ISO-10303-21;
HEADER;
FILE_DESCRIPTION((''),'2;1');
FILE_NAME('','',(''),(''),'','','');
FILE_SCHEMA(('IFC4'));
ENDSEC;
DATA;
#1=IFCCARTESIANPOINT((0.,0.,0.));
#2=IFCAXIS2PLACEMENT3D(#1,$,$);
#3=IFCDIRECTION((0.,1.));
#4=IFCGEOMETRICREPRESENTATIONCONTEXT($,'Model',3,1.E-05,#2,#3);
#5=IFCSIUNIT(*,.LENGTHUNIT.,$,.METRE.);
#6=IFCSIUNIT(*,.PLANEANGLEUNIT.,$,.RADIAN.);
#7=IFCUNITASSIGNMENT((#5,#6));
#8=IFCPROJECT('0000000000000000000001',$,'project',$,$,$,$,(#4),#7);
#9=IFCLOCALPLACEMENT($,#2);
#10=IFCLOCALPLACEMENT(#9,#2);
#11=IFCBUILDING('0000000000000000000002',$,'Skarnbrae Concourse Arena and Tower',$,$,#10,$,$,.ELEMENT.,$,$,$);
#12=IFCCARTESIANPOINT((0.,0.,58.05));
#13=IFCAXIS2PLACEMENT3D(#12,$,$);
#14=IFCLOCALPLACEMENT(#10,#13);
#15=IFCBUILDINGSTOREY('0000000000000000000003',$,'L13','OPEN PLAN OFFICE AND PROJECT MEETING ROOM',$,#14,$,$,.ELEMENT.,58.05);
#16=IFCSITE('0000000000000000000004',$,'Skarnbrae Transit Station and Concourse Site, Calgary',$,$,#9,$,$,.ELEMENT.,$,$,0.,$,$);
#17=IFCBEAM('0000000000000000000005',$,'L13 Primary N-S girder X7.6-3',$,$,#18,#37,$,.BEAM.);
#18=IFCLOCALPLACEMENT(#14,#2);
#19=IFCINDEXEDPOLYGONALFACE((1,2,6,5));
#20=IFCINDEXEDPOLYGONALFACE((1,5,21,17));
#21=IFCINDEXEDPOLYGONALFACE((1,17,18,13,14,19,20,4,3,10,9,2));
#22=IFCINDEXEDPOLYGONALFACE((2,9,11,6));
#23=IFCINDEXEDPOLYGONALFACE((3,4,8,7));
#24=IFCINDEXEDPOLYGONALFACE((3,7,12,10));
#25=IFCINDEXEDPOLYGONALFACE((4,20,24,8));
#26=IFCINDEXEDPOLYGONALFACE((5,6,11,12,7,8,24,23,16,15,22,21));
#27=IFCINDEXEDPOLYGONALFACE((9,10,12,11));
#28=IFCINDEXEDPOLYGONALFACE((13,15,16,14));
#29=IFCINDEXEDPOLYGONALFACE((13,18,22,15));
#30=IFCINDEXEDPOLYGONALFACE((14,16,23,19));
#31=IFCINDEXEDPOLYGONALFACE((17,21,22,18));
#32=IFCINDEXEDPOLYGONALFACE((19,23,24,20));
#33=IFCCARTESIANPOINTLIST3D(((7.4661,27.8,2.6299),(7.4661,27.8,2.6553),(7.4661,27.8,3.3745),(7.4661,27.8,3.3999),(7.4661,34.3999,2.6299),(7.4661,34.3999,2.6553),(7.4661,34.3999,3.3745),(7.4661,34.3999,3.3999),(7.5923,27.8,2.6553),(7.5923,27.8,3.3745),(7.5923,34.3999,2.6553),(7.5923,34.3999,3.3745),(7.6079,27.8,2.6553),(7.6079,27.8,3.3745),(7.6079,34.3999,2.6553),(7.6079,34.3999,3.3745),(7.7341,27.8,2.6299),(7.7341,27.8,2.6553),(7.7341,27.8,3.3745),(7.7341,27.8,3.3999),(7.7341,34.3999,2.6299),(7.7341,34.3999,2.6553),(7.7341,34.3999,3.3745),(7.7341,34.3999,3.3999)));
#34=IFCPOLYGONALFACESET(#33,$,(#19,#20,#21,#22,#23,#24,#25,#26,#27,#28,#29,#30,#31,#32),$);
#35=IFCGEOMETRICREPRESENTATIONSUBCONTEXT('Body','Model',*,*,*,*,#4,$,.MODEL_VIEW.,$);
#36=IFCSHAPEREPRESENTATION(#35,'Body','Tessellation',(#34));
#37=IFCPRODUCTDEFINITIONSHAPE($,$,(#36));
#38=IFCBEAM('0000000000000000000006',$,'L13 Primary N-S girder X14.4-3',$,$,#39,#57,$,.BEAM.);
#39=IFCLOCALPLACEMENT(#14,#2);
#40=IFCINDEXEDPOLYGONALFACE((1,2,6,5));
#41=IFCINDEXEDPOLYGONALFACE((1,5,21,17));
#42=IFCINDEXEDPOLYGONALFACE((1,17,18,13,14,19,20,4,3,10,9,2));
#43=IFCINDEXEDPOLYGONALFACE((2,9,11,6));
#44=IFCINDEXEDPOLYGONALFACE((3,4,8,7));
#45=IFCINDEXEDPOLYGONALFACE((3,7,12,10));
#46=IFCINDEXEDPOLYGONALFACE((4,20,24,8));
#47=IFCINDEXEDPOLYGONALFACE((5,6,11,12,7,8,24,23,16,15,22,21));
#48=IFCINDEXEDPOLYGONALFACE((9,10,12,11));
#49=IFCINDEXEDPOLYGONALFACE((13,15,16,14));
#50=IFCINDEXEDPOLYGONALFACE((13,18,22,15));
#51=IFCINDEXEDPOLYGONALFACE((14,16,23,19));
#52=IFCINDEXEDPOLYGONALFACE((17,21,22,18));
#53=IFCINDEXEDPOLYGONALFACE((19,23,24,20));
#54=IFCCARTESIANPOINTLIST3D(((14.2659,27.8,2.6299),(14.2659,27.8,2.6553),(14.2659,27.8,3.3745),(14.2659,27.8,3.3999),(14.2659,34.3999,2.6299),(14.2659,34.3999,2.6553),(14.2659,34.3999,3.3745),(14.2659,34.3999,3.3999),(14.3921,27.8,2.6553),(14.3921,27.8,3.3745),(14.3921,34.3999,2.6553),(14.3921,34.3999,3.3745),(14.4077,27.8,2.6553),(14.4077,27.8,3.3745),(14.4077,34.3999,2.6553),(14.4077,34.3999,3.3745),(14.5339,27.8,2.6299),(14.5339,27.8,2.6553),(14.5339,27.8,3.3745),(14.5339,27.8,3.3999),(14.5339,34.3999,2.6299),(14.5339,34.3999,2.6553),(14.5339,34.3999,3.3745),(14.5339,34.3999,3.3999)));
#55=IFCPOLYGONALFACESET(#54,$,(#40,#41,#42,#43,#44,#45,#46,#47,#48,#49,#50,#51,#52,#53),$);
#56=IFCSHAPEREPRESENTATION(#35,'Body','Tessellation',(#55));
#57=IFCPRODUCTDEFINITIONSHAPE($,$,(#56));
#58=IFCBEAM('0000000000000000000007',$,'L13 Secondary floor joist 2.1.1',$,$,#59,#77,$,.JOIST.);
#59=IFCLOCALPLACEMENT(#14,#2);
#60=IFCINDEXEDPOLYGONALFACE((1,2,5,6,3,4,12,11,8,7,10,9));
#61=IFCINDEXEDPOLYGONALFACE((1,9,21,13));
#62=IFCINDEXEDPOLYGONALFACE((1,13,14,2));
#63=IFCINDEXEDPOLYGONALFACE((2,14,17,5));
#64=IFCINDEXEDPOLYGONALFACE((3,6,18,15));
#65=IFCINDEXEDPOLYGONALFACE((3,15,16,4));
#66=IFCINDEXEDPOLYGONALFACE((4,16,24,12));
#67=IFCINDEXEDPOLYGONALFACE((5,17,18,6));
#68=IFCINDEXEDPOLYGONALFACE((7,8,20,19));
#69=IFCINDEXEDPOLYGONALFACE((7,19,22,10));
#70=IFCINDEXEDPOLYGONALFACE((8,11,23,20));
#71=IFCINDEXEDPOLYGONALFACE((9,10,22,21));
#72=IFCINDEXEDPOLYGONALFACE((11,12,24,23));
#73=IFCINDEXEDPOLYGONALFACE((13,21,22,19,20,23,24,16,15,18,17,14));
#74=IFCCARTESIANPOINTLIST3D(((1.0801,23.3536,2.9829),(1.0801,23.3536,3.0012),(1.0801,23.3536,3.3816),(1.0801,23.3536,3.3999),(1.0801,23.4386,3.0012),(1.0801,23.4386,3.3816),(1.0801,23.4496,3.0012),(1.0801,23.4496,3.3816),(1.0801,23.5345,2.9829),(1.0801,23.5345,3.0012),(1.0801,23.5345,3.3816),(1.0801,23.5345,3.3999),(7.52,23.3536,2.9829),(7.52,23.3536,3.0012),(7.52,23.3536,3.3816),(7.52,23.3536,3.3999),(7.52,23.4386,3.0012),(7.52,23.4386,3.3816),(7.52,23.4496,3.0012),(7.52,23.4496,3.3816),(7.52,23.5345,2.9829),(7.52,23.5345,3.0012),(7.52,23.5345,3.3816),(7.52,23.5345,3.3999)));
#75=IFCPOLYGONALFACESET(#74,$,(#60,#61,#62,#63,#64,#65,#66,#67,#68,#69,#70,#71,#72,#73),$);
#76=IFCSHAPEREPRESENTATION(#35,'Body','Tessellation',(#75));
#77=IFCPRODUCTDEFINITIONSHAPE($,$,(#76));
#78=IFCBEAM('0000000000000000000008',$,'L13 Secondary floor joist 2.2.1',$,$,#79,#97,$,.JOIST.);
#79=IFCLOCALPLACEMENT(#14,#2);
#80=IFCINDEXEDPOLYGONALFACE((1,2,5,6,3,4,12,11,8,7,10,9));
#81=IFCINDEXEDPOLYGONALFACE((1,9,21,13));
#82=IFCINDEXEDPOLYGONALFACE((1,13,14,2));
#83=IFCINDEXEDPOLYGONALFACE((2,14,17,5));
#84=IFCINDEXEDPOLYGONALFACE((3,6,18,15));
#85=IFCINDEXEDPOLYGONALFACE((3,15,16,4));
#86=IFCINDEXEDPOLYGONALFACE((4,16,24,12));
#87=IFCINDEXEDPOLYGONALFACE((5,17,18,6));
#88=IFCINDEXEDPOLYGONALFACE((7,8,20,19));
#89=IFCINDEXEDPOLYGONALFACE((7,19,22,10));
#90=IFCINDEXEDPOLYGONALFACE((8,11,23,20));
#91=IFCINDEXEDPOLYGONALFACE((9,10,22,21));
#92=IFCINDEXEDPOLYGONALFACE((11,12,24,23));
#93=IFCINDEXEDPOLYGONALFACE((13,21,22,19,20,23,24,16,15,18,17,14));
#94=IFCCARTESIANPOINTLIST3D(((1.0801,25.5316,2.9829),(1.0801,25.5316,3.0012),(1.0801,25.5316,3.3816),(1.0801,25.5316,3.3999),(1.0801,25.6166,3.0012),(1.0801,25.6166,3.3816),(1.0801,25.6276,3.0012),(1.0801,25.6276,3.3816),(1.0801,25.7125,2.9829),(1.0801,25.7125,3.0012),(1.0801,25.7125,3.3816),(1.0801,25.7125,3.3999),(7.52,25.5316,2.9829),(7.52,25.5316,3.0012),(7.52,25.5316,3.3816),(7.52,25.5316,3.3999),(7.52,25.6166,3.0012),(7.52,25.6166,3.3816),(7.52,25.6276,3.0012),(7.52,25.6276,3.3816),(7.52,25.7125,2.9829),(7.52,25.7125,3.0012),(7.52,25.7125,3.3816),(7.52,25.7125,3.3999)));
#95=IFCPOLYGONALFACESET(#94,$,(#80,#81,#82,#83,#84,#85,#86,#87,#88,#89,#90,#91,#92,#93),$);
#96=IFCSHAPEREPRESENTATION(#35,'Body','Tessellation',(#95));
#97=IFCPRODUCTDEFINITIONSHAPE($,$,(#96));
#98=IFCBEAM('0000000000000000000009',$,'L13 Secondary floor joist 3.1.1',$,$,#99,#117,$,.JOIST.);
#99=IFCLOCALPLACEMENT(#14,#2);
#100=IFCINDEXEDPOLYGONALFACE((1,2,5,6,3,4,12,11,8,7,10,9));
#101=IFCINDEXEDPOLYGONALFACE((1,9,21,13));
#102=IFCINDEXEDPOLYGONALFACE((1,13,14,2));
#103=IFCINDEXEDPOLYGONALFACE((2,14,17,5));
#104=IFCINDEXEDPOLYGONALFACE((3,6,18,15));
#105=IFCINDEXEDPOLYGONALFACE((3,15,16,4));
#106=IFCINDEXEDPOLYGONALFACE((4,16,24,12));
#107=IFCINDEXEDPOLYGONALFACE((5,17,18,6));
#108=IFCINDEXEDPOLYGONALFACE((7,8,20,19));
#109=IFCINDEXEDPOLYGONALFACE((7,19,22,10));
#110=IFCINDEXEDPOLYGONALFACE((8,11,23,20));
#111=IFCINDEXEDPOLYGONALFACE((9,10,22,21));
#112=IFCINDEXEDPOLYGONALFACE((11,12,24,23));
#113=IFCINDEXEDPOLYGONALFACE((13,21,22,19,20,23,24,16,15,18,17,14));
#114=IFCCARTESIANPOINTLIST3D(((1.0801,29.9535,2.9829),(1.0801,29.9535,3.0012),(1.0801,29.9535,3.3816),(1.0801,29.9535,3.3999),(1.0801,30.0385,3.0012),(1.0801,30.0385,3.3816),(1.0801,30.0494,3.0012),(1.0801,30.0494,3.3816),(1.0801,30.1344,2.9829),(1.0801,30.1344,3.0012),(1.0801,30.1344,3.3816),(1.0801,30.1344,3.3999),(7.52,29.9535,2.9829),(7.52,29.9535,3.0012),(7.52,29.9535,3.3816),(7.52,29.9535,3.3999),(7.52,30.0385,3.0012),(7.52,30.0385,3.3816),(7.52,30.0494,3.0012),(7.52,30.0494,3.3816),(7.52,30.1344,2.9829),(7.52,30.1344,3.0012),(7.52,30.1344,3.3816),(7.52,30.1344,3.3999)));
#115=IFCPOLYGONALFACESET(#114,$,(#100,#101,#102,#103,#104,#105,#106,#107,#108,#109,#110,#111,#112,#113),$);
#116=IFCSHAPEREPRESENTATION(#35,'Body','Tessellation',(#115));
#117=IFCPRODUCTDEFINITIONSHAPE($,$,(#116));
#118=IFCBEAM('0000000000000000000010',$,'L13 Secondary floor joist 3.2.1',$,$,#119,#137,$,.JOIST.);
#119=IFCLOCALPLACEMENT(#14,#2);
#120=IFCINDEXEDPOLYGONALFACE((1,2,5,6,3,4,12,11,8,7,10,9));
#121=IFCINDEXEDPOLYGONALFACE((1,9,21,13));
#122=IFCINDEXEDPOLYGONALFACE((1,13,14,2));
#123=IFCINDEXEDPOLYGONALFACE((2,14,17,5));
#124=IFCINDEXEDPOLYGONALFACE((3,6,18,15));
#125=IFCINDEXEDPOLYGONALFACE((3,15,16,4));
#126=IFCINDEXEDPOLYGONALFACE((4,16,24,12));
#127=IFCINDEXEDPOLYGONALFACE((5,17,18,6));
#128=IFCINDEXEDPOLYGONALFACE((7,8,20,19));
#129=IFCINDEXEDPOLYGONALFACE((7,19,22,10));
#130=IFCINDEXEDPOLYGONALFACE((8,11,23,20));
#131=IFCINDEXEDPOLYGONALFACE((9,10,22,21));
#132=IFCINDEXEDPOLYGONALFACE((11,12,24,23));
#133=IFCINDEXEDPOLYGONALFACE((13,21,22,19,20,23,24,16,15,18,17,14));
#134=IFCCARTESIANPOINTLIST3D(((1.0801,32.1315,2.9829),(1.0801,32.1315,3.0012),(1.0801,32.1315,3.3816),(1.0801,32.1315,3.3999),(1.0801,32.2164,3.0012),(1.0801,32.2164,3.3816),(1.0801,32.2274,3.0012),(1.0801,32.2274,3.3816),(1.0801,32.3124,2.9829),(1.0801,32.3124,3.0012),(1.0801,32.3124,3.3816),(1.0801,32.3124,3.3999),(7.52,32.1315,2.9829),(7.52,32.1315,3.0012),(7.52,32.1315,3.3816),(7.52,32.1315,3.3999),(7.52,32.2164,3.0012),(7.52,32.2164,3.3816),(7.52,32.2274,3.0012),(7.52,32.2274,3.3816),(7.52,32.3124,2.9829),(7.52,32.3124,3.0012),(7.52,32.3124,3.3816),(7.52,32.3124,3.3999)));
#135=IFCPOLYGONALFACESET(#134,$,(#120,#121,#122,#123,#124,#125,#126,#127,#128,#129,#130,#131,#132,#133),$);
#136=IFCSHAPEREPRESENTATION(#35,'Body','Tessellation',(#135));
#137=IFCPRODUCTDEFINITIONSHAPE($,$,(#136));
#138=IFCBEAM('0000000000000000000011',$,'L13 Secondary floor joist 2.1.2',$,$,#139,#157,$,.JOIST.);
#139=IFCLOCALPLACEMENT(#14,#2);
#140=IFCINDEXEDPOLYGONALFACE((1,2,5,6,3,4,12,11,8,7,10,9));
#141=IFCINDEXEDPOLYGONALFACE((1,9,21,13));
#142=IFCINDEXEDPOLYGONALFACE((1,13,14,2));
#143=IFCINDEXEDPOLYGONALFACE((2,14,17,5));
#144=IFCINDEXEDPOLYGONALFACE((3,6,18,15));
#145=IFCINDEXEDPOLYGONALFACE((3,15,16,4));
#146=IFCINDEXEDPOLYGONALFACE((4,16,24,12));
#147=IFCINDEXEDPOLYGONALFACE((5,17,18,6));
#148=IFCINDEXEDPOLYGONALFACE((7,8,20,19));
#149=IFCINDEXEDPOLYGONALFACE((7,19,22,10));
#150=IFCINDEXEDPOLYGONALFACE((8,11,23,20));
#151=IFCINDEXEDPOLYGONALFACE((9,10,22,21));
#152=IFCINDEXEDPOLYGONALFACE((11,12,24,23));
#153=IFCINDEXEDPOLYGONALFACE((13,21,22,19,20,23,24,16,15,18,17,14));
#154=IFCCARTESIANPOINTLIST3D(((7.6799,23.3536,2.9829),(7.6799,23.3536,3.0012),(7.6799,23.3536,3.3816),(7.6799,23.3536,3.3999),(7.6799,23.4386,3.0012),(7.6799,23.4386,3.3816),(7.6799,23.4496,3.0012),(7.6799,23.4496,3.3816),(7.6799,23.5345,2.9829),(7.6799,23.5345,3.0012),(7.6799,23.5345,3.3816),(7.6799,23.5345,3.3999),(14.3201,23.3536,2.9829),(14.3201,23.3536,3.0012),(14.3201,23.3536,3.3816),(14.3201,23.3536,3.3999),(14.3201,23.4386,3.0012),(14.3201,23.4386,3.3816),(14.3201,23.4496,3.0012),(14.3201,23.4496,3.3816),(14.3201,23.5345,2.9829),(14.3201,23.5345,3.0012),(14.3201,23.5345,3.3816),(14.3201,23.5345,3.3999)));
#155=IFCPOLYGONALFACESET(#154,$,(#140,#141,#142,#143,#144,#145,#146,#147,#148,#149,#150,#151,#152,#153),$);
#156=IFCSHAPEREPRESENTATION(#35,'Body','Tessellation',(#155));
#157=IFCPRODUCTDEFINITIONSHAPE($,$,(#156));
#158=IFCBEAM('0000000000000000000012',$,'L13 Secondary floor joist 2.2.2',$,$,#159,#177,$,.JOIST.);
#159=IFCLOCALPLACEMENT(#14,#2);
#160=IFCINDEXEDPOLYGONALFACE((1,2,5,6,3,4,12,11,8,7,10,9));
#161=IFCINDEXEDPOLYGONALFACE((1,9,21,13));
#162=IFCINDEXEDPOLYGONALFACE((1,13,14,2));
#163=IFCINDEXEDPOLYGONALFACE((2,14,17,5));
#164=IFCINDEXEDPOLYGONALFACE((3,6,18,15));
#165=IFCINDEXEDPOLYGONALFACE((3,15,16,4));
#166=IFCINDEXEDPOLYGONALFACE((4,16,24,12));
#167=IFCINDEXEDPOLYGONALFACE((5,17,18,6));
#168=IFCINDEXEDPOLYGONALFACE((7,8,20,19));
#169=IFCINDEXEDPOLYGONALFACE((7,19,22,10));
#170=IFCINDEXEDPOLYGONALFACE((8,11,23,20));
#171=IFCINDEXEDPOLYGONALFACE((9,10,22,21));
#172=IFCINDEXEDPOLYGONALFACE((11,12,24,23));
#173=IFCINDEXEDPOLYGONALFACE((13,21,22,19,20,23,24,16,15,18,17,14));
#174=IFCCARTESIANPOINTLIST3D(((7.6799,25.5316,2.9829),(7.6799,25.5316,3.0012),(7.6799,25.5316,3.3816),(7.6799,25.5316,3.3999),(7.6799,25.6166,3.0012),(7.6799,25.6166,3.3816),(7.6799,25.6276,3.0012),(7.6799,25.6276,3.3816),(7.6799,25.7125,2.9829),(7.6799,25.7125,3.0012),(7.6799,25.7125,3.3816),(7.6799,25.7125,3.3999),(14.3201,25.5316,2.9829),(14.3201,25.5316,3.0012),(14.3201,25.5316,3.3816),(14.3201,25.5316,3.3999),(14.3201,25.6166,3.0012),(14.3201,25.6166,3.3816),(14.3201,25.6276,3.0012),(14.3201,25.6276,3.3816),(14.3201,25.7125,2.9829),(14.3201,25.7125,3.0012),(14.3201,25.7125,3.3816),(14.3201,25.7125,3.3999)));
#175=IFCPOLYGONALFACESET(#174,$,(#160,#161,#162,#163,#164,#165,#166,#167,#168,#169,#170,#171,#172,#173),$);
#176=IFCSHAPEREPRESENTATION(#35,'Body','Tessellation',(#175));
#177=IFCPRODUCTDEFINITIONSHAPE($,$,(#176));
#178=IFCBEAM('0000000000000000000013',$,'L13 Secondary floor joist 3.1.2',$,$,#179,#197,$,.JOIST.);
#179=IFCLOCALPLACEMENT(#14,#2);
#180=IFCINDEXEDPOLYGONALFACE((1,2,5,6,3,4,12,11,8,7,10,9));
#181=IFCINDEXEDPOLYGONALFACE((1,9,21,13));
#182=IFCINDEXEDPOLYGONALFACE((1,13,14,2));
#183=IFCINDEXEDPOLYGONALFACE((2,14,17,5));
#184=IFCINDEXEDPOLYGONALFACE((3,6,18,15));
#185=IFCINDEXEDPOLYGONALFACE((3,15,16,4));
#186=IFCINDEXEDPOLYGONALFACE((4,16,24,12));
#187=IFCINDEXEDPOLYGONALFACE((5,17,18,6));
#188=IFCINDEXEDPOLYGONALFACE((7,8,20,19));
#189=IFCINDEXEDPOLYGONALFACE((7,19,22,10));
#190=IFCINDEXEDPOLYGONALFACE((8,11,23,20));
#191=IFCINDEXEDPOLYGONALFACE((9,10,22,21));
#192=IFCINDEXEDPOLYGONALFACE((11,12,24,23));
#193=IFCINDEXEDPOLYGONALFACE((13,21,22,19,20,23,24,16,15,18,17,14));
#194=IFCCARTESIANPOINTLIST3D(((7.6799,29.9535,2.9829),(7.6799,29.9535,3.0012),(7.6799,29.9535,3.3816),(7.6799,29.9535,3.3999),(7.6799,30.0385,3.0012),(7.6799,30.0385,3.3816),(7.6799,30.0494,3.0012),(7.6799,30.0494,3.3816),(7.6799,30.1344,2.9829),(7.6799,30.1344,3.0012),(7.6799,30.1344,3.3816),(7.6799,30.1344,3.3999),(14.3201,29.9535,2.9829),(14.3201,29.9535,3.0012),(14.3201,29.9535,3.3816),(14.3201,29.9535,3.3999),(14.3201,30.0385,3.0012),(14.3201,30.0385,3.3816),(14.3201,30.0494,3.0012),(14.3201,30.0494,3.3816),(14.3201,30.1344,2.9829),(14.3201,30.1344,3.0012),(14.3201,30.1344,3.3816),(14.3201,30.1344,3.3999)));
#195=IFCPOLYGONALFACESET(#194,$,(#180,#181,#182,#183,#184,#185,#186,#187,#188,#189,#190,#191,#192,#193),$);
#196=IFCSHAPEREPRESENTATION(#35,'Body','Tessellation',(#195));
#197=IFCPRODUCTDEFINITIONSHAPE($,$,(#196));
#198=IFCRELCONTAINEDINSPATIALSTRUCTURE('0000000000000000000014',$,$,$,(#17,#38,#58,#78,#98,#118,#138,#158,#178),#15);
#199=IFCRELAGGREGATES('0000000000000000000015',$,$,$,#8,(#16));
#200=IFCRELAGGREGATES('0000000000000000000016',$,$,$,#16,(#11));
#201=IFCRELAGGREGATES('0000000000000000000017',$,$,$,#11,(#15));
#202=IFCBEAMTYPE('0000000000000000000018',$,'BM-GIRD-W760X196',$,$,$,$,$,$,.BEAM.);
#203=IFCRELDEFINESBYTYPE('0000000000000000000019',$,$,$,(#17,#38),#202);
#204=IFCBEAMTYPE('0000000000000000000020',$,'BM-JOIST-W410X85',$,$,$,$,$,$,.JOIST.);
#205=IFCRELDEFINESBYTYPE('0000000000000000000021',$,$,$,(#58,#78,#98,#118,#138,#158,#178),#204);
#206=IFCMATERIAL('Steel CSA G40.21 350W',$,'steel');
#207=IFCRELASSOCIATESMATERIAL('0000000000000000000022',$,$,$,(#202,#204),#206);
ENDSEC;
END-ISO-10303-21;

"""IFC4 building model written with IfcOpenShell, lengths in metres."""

from ifc_helpers import new_model, si_unit, direction, frame, origin, origin_2d, place, context, subcontext, project, spatial, i_section, extrude, source, transform, mapped, material, material_profile, profile_set, type_object, element, save


model = new_model("IFC4")

# Units and contexts
model_context = context("Model", 3, precision=1e-05, world=origin(), true_north=direction((0.0, 1.0)))
body_context = subcontext(model_context, "Body", "Model", "MODEL_VIEW")
ifc_project = project(units=[si_unit("LENGTHUNIT", "METRE"), si_unit("PLANEANGLEUNIT", "RADIAN")], contexts=[model_context])

# Site, building, storey
site_placement = place(None, origin())
site = spatial("IfcSite", under=ifc_project, at=site_placement, Name="Skarnbrae Transit Station and Concourse Site, Calgary", CompositionType="ELEMENT", RefElevation=0.0)
building_placement = place(site_placement, origin())
building = spatial("IfcBuilding", under=site, at=building_placement, Name="Skarnbrae Concourse Arena and Tower", CompositionType="ELEMENT")
storey_placement = place(building_placement, frame((0.0, 0.0, 58.05)))
storey = spatial("IfcBuildingStorey", under=building, at=storey_placement, Name="L13", Description="OPEN PLAN OFFICE AND PROJECT MEETING ROOM", CompositionType="ELEMENT", Elevation=58.05)

# Shared definitions
ifc_material_1 = material(Name="Steel CSA G40.21 350W", Category="steel")

# Beams
ifc_material_profile_1 = material_profile(ifc_material_1, i_section(OverallWidth=0.2681, OverallDepth=0.77, WebThickness=0.0156, FlangeThickness=0.0254, at=origin_2d()), Name="W760X196")
ifc_profile_set_1 = profile_set([ifc_material_profile_1], Name="Steel CSA G40.21 350W")
beam_type_1 = type_object("IfcBeamType", Name="BM-GIRD-W760X196", PredefinedType="BEAM", material=ifc_profile_set_1)
shared_shape_1 = source(origin(), body_context, "Body", "SweptSolid", [
    extrude(i_section(OverallWidth=0.2681, OverallDepth=0.77, WebThickness=0.0156, FlangeThickness=0.0254, at=origin_2d()), origin(), (0.0, 0.0, 1.0), 6.5999),
])
for number, where, z_axis, x_axis, name in (
    (1, (7.6001, 27.8, 3.0149), (0.0, 1.0, 0.0), (-1.0, 0.0, 0.0), "L13 Primary N-S girder X7.6-3"),
    (2, (14.3999, 27.8, 3.0149), (0.0, 1.0, 0.0), (-1.0, 0.0, 0.0), "L13 Primary N-S girder X14.4-3"),
):
    element("IfcBeam", number, at=place(storey_placement, frame(where, z_axis=z_axis, x_axis=x_axis)), inside=storey, type_object=beam_type_1, Name=name, PredefinedType="BEAM", context=body_context, shape_type="MappedRepresentation", body=[
        mapped(shared_shape_1, transform((0.0, 0.0, 0.0))),
    ])
ifc_material_profile_2 = material_profile(ifc_material_1, i_section(OverallWidth=0.1809, OverallDepth=0.417, WebThickness=0.011, FlangeThickness=0.0183, at=origin_2d()), Name="W410X85")
ifc_profile_set_2 = profile_set([ifc_material_profile_2], Name="Steel CSA G40.21 350W")
beam_type_2 = type_object("IfcBeamType", Name="BM-JOIST-W410X85", PredefinedType="JOIST", material=ifc_profile_set_2)
shared_shape_2 = source(origin(), body_context, "Body", "SweptSolid", [
    extrude(i_section(OverallWidth=0.1809, OverallDepth=0.417, WebThickness=0.011, FlangeThickness=0.0183, at=origin_2d()), origin(), (0.0, 0.0, 1.0), 6.4399),
])
for number, where, z_axis, x_axis, name in (
    (3, (1.0801, 23.4441, 3.1914), (1.0, 0.0, 0.0), (0.0, 1.0, 0.0), "L13 Secondary floor joist 2.1.1"),
    (4, (1.0801, 25.6221, 3.1914), (1.0, 0.0, 0.0), (0.0, 1.0, 0.0), "L13 Secondary floor joist 2.2.1"),
    (5, (1.0801, 30.0439, 3.1914), (1.0, 0.0, 0.0), (0.0, 1.0, 0.0), "L13 Secondary floor joist 3.1.1"),
    (6, (1.0801, 32.2219, 3.1914), (1.0, 0.0, 0.0), (0.0, 1.0, 0.0), "L13 Secondary floor joist 3.2.1"),
):
    element("IfcBeam", number, at=place(storey_placement, frame(where, z_axis=z_axis, x_axis=x_axis)), inside=storey, type_object=beam_type_2, Name=name, PredefinedType="JOIST", context=body_context, shape_type="MappedRepresentation", body=[
        mapped(shared_shape_2, transform((0.0, 0.0, 0.0))),
    ])
shared_shape_3 = source(origin(), body_context, "Body", "SweptSolid", [
    extrude(i_section(OverallWidth=0.1809, OverallDepth=0.417, WebThickness=0.011, FlangeThickness=0.0183, at=origin_2d()), origin(), (0.0, 0.0, 1.0), 6.6401),
])
for number, where, z_axis, x_axis, name in (
    (7, (7.6799, 23.4441, 3.1914), (1.0, 0.0, 0.0), (0.0, 1.0, 0.0), "L13 Secondary floor joist 2.1.2"),
    (8, (7.6799, 25.6221, 3.1914), (1.0, 0.0, 0.0), (0.0, 1.0, 0.0), "L13 Secondary floor joist 2.2.2"),
    (9, (7.6799, 30.0439, 3.1914), (1.0, 0.0, 0.0), (0.0, 1.0, 0.0), "L13 Secondary floor joist 3.1.2"),
):
    element("IfcBeam", number, at=place(storey_placement, frame(where, z_axis=z_axis, x_axis=x_axis)), inside=storey, type_object=beam_type_2, Name=name, PredefinedType="JOIST", context=body_context, shape_type="MappedRepresentation", body=[
        mapped(shared_shape_3, transform((0.0, 0.0, 0.0))),
    ])

save(model, "model.ifc")
